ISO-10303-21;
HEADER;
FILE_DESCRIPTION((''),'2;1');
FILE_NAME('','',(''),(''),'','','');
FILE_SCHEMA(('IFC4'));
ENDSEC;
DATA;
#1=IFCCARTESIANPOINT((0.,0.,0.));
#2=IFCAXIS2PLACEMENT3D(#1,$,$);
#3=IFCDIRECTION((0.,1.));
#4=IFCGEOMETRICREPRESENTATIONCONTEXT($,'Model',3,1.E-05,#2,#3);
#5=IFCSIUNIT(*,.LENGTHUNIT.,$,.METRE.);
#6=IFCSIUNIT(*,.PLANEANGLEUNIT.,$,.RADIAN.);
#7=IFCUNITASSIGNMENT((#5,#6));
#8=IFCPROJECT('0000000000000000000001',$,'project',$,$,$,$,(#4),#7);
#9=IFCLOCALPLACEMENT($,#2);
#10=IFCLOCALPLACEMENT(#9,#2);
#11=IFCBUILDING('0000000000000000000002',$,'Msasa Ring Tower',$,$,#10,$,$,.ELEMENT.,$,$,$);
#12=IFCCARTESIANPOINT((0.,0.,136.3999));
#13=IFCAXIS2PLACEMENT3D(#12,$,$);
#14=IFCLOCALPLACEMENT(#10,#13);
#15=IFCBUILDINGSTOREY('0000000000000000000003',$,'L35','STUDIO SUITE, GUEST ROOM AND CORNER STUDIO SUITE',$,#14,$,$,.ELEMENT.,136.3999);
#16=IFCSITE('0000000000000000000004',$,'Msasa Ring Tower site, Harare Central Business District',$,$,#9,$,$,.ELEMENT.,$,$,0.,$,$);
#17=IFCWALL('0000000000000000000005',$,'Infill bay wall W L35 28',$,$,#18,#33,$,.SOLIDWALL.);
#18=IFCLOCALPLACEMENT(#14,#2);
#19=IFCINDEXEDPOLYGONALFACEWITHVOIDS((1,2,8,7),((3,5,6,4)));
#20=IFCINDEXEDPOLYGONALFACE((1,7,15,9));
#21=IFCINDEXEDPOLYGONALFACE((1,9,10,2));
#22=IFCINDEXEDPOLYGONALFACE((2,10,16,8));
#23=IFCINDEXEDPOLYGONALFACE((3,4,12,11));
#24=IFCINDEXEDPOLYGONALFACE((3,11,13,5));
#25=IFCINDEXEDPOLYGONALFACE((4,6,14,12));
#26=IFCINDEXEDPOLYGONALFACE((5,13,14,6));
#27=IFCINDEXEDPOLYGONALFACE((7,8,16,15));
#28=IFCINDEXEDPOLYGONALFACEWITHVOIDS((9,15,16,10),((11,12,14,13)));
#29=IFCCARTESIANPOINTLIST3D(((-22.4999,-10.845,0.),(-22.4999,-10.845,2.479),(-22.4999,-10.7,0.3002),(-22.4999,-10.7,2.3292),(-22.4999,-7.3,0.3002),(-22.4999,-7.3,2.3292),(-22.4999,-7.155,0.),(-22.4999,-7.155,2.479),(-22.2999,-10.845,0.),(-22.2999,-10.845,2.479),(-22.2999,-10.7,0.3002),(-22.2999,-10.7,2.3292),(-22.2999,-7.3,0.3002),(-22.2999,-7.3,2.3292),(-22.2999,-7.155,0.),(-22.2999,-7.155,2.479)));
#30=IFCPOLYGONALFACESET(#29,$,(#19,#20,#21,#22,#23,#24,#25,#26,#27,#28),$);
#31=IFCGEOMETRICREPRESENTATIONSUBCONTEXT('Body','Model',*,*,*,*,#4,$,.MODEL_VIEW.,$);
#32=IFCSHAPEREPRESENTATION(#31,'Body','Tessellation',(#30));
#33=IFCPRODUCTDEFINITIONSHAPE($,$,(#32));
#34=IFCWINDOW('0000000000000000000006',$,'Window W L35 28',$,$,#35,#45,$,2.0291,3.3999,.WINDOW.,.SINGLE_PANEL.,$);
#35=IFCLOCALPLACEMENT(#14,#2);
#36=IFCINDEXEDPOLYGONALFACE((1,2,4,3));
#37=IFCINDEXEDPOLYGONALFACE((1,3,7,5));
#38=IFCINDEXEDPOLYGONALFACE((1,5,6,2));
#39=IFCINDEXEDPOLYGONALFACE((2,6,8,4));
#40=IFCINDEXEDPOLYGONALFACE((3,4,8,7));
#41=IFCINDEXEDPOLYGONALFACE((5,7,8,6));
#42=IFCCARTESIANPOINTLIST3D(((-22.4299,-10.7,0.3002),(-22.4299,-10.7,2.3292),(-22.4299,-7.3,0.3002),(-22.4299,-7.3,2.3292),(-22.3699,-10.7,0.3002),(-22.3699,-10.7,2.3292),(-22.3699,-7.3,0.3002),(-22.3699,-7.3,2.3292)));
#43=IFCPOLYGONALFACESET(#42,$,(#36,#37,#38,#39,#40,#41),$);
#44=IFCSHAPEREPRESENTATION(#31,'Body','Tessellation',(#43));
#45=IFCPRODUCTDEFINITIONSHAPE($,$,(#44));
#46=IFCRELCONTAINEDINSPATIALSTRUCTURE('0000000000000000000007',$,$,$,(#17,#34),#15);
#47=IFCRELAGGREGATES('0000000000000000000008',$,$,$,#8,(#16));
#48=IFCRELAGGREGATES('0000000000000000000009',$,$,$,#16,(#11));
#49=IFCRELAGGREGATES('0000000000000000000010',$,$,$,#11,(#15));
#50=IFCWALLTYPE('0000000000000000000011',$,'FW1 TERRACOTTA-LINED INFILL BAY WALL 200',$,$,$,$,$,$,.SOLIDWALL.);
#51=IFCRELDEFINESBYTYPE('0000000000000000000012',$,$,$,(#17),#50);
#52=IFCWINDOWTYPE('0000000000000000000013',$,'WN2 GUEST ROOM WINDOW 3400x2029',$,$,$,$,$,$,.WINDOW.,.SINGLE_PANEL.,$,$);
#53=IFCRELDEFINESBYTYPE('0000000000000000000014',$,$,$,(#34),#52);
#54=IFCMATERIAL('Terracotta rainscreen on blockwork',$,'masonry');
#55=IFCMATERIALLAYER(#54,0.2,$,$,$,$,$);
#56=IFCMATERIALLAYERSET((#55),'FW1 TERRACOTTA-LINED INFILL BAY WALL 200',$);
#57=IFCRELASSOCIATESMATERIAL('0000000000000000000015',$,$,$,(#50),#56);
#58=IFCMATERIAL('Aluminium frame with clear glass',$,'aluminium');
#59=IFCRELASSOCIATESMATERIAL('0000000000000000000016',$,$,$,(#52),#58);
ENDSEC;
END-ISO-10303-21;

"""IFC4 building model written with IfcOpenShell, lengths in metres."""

from ifc_helpers import new_model, si_unit, direction, frame, frame_2d, origin, place, context, subcontext, project, spatial, rectangle, extrude, material, layer, layer_set, type_object, element, fill, save


model = new_model("IFC4")

# Units and contexts
model_context = context("Model", 3, precision=1e-05, world=origin(), true_north=direction((0.0, 1.0)))
body_context = subcontext(model_context, "Body", "Model", "MODEL_VIEW")
ifc_project = project(units=[si_unit("LENGTHUNIT", "METRE"), si_unit("PLANEANGLEUNIT", "RADIAN")], contexts=[model_context])

# Site, building, storey
site_placement = place(None, origin())
site = spatial("IfcSite", under=ifc_project, at=site_placement, Name="Msasa Ring Tower site, Harare Central Business District", CompositionType="ELEMENT", RefElevation=0.0)
building_placement = place(site_placement, origin())
building = spatial("IfcBuilding", under=site, at=building_placement, Name="Msasa Ring Tower", CompositionType="ELEMENT")
storey_placement = place(building_placement, frame((0.0, 0.0, 136.3999)))
storey = spatial("IfcBuildingStorey", under=building, at=storey_placement, Name="L35", Description="STUDIO SUITE, GUEST ROOM AND CORNER STUDIO SUITE", CompositionType="ELEMENT", Elevation=136.3999)

# Wall, opening, window
ifc_material_1 = material(Name="Terracotta rainscreen on blockwork", Category="masonry")
ifc_layer_1 = layer(ifc_material_1, 0.2)
ifc_layer_set_1 = layer_set([ifc_layer_1], Name="FW1 TERRACOTTA-LINED INFILL BAY WALL 200")
wall_type_1 = type_object("IfcWallType", Name="FW1 TERRACOTTA-LINED INFILL BAY WALL 200", PredefinedType="SOLIDWALL", material=ifc_layer_set_1)
ifc_material_2 = material(Name="Aluminium frame with clear glass", Category="aluminium")
window_type = type_object("IfcWindowType", Name="WN2 GUEST ROOM WINDOW 3400x2029", PartitioningType="SINGLE_PANEL", PredefinedType="WINDOW", material=ifc_material_2)
wall_1_placement = place(storey_placement, frame((-22.3999, -10.845, 0.0), z_axis=(0.0, 0.0, 1.0), x_axis=(0.0, 1.0, 0.0)))
wall_1 = element("IfcWall", 1, at=wall_1_placement, inside=storey, type_object=wall_type_1, Name="Infill bay wall W L35 28", PredefinedType="SOLIDWALL", context=body_context, shape_type="SweptSolid", body=[
    extrude(rectangle(XDim=3.6899, YDim=0.2, at=frame_2d((1.845, 0.0))), origin(), (0.0, 0.0, 1.0), 2.479),
])
opening_1_placement = place(wall_1_placement, frame((0.145, 0.0, 0.3)))
opening_1 = element("IfcOpeningElement", 2, at=opening_1_placement, cuts=wall_1, PredefinedType="OPENING", context=body_context, shape_type="SweptSolid", body=[
    extrude(rectangle(XDim=3.3999, YDim=2.0291, at=frame_2d((1.7, 1.0146))), frame((0.0, 0.1099, 0.0), z_axis=(0.0, -1.0, 0.0), x_axis=(1.0, 0.0, 0.0)), (0.0, 0.0, 1.0), 0.22),
])
window_1_placement = place(opening_1_placement, origin())
window_1 = element("IfcWindow", 3, at=window_1_placement, inside=storey, type_object=window_type, Name="Window W L35 28", OverallHeight=2.0291, OverallWidth=3.3999, PartitioningType="SINGLE_PANEL", PredefinedType="WINDOW", context=body_context, shape_type="SweptSolid", body=[
    extrude(rectangle(XDim=3.3999, YDim=2.0291, at=frame_2d((1.7, 1.0146))), frame((0.0, 0.03, 0.0), z_axis=(0.0, -1.0, 0.0), x_axis=(1.0, 0.0, 0.0)), (0.0, 0.0, 1.0), 0.0601),
])
fill(opening_1, window_1)

save(model, "model.ifc")
